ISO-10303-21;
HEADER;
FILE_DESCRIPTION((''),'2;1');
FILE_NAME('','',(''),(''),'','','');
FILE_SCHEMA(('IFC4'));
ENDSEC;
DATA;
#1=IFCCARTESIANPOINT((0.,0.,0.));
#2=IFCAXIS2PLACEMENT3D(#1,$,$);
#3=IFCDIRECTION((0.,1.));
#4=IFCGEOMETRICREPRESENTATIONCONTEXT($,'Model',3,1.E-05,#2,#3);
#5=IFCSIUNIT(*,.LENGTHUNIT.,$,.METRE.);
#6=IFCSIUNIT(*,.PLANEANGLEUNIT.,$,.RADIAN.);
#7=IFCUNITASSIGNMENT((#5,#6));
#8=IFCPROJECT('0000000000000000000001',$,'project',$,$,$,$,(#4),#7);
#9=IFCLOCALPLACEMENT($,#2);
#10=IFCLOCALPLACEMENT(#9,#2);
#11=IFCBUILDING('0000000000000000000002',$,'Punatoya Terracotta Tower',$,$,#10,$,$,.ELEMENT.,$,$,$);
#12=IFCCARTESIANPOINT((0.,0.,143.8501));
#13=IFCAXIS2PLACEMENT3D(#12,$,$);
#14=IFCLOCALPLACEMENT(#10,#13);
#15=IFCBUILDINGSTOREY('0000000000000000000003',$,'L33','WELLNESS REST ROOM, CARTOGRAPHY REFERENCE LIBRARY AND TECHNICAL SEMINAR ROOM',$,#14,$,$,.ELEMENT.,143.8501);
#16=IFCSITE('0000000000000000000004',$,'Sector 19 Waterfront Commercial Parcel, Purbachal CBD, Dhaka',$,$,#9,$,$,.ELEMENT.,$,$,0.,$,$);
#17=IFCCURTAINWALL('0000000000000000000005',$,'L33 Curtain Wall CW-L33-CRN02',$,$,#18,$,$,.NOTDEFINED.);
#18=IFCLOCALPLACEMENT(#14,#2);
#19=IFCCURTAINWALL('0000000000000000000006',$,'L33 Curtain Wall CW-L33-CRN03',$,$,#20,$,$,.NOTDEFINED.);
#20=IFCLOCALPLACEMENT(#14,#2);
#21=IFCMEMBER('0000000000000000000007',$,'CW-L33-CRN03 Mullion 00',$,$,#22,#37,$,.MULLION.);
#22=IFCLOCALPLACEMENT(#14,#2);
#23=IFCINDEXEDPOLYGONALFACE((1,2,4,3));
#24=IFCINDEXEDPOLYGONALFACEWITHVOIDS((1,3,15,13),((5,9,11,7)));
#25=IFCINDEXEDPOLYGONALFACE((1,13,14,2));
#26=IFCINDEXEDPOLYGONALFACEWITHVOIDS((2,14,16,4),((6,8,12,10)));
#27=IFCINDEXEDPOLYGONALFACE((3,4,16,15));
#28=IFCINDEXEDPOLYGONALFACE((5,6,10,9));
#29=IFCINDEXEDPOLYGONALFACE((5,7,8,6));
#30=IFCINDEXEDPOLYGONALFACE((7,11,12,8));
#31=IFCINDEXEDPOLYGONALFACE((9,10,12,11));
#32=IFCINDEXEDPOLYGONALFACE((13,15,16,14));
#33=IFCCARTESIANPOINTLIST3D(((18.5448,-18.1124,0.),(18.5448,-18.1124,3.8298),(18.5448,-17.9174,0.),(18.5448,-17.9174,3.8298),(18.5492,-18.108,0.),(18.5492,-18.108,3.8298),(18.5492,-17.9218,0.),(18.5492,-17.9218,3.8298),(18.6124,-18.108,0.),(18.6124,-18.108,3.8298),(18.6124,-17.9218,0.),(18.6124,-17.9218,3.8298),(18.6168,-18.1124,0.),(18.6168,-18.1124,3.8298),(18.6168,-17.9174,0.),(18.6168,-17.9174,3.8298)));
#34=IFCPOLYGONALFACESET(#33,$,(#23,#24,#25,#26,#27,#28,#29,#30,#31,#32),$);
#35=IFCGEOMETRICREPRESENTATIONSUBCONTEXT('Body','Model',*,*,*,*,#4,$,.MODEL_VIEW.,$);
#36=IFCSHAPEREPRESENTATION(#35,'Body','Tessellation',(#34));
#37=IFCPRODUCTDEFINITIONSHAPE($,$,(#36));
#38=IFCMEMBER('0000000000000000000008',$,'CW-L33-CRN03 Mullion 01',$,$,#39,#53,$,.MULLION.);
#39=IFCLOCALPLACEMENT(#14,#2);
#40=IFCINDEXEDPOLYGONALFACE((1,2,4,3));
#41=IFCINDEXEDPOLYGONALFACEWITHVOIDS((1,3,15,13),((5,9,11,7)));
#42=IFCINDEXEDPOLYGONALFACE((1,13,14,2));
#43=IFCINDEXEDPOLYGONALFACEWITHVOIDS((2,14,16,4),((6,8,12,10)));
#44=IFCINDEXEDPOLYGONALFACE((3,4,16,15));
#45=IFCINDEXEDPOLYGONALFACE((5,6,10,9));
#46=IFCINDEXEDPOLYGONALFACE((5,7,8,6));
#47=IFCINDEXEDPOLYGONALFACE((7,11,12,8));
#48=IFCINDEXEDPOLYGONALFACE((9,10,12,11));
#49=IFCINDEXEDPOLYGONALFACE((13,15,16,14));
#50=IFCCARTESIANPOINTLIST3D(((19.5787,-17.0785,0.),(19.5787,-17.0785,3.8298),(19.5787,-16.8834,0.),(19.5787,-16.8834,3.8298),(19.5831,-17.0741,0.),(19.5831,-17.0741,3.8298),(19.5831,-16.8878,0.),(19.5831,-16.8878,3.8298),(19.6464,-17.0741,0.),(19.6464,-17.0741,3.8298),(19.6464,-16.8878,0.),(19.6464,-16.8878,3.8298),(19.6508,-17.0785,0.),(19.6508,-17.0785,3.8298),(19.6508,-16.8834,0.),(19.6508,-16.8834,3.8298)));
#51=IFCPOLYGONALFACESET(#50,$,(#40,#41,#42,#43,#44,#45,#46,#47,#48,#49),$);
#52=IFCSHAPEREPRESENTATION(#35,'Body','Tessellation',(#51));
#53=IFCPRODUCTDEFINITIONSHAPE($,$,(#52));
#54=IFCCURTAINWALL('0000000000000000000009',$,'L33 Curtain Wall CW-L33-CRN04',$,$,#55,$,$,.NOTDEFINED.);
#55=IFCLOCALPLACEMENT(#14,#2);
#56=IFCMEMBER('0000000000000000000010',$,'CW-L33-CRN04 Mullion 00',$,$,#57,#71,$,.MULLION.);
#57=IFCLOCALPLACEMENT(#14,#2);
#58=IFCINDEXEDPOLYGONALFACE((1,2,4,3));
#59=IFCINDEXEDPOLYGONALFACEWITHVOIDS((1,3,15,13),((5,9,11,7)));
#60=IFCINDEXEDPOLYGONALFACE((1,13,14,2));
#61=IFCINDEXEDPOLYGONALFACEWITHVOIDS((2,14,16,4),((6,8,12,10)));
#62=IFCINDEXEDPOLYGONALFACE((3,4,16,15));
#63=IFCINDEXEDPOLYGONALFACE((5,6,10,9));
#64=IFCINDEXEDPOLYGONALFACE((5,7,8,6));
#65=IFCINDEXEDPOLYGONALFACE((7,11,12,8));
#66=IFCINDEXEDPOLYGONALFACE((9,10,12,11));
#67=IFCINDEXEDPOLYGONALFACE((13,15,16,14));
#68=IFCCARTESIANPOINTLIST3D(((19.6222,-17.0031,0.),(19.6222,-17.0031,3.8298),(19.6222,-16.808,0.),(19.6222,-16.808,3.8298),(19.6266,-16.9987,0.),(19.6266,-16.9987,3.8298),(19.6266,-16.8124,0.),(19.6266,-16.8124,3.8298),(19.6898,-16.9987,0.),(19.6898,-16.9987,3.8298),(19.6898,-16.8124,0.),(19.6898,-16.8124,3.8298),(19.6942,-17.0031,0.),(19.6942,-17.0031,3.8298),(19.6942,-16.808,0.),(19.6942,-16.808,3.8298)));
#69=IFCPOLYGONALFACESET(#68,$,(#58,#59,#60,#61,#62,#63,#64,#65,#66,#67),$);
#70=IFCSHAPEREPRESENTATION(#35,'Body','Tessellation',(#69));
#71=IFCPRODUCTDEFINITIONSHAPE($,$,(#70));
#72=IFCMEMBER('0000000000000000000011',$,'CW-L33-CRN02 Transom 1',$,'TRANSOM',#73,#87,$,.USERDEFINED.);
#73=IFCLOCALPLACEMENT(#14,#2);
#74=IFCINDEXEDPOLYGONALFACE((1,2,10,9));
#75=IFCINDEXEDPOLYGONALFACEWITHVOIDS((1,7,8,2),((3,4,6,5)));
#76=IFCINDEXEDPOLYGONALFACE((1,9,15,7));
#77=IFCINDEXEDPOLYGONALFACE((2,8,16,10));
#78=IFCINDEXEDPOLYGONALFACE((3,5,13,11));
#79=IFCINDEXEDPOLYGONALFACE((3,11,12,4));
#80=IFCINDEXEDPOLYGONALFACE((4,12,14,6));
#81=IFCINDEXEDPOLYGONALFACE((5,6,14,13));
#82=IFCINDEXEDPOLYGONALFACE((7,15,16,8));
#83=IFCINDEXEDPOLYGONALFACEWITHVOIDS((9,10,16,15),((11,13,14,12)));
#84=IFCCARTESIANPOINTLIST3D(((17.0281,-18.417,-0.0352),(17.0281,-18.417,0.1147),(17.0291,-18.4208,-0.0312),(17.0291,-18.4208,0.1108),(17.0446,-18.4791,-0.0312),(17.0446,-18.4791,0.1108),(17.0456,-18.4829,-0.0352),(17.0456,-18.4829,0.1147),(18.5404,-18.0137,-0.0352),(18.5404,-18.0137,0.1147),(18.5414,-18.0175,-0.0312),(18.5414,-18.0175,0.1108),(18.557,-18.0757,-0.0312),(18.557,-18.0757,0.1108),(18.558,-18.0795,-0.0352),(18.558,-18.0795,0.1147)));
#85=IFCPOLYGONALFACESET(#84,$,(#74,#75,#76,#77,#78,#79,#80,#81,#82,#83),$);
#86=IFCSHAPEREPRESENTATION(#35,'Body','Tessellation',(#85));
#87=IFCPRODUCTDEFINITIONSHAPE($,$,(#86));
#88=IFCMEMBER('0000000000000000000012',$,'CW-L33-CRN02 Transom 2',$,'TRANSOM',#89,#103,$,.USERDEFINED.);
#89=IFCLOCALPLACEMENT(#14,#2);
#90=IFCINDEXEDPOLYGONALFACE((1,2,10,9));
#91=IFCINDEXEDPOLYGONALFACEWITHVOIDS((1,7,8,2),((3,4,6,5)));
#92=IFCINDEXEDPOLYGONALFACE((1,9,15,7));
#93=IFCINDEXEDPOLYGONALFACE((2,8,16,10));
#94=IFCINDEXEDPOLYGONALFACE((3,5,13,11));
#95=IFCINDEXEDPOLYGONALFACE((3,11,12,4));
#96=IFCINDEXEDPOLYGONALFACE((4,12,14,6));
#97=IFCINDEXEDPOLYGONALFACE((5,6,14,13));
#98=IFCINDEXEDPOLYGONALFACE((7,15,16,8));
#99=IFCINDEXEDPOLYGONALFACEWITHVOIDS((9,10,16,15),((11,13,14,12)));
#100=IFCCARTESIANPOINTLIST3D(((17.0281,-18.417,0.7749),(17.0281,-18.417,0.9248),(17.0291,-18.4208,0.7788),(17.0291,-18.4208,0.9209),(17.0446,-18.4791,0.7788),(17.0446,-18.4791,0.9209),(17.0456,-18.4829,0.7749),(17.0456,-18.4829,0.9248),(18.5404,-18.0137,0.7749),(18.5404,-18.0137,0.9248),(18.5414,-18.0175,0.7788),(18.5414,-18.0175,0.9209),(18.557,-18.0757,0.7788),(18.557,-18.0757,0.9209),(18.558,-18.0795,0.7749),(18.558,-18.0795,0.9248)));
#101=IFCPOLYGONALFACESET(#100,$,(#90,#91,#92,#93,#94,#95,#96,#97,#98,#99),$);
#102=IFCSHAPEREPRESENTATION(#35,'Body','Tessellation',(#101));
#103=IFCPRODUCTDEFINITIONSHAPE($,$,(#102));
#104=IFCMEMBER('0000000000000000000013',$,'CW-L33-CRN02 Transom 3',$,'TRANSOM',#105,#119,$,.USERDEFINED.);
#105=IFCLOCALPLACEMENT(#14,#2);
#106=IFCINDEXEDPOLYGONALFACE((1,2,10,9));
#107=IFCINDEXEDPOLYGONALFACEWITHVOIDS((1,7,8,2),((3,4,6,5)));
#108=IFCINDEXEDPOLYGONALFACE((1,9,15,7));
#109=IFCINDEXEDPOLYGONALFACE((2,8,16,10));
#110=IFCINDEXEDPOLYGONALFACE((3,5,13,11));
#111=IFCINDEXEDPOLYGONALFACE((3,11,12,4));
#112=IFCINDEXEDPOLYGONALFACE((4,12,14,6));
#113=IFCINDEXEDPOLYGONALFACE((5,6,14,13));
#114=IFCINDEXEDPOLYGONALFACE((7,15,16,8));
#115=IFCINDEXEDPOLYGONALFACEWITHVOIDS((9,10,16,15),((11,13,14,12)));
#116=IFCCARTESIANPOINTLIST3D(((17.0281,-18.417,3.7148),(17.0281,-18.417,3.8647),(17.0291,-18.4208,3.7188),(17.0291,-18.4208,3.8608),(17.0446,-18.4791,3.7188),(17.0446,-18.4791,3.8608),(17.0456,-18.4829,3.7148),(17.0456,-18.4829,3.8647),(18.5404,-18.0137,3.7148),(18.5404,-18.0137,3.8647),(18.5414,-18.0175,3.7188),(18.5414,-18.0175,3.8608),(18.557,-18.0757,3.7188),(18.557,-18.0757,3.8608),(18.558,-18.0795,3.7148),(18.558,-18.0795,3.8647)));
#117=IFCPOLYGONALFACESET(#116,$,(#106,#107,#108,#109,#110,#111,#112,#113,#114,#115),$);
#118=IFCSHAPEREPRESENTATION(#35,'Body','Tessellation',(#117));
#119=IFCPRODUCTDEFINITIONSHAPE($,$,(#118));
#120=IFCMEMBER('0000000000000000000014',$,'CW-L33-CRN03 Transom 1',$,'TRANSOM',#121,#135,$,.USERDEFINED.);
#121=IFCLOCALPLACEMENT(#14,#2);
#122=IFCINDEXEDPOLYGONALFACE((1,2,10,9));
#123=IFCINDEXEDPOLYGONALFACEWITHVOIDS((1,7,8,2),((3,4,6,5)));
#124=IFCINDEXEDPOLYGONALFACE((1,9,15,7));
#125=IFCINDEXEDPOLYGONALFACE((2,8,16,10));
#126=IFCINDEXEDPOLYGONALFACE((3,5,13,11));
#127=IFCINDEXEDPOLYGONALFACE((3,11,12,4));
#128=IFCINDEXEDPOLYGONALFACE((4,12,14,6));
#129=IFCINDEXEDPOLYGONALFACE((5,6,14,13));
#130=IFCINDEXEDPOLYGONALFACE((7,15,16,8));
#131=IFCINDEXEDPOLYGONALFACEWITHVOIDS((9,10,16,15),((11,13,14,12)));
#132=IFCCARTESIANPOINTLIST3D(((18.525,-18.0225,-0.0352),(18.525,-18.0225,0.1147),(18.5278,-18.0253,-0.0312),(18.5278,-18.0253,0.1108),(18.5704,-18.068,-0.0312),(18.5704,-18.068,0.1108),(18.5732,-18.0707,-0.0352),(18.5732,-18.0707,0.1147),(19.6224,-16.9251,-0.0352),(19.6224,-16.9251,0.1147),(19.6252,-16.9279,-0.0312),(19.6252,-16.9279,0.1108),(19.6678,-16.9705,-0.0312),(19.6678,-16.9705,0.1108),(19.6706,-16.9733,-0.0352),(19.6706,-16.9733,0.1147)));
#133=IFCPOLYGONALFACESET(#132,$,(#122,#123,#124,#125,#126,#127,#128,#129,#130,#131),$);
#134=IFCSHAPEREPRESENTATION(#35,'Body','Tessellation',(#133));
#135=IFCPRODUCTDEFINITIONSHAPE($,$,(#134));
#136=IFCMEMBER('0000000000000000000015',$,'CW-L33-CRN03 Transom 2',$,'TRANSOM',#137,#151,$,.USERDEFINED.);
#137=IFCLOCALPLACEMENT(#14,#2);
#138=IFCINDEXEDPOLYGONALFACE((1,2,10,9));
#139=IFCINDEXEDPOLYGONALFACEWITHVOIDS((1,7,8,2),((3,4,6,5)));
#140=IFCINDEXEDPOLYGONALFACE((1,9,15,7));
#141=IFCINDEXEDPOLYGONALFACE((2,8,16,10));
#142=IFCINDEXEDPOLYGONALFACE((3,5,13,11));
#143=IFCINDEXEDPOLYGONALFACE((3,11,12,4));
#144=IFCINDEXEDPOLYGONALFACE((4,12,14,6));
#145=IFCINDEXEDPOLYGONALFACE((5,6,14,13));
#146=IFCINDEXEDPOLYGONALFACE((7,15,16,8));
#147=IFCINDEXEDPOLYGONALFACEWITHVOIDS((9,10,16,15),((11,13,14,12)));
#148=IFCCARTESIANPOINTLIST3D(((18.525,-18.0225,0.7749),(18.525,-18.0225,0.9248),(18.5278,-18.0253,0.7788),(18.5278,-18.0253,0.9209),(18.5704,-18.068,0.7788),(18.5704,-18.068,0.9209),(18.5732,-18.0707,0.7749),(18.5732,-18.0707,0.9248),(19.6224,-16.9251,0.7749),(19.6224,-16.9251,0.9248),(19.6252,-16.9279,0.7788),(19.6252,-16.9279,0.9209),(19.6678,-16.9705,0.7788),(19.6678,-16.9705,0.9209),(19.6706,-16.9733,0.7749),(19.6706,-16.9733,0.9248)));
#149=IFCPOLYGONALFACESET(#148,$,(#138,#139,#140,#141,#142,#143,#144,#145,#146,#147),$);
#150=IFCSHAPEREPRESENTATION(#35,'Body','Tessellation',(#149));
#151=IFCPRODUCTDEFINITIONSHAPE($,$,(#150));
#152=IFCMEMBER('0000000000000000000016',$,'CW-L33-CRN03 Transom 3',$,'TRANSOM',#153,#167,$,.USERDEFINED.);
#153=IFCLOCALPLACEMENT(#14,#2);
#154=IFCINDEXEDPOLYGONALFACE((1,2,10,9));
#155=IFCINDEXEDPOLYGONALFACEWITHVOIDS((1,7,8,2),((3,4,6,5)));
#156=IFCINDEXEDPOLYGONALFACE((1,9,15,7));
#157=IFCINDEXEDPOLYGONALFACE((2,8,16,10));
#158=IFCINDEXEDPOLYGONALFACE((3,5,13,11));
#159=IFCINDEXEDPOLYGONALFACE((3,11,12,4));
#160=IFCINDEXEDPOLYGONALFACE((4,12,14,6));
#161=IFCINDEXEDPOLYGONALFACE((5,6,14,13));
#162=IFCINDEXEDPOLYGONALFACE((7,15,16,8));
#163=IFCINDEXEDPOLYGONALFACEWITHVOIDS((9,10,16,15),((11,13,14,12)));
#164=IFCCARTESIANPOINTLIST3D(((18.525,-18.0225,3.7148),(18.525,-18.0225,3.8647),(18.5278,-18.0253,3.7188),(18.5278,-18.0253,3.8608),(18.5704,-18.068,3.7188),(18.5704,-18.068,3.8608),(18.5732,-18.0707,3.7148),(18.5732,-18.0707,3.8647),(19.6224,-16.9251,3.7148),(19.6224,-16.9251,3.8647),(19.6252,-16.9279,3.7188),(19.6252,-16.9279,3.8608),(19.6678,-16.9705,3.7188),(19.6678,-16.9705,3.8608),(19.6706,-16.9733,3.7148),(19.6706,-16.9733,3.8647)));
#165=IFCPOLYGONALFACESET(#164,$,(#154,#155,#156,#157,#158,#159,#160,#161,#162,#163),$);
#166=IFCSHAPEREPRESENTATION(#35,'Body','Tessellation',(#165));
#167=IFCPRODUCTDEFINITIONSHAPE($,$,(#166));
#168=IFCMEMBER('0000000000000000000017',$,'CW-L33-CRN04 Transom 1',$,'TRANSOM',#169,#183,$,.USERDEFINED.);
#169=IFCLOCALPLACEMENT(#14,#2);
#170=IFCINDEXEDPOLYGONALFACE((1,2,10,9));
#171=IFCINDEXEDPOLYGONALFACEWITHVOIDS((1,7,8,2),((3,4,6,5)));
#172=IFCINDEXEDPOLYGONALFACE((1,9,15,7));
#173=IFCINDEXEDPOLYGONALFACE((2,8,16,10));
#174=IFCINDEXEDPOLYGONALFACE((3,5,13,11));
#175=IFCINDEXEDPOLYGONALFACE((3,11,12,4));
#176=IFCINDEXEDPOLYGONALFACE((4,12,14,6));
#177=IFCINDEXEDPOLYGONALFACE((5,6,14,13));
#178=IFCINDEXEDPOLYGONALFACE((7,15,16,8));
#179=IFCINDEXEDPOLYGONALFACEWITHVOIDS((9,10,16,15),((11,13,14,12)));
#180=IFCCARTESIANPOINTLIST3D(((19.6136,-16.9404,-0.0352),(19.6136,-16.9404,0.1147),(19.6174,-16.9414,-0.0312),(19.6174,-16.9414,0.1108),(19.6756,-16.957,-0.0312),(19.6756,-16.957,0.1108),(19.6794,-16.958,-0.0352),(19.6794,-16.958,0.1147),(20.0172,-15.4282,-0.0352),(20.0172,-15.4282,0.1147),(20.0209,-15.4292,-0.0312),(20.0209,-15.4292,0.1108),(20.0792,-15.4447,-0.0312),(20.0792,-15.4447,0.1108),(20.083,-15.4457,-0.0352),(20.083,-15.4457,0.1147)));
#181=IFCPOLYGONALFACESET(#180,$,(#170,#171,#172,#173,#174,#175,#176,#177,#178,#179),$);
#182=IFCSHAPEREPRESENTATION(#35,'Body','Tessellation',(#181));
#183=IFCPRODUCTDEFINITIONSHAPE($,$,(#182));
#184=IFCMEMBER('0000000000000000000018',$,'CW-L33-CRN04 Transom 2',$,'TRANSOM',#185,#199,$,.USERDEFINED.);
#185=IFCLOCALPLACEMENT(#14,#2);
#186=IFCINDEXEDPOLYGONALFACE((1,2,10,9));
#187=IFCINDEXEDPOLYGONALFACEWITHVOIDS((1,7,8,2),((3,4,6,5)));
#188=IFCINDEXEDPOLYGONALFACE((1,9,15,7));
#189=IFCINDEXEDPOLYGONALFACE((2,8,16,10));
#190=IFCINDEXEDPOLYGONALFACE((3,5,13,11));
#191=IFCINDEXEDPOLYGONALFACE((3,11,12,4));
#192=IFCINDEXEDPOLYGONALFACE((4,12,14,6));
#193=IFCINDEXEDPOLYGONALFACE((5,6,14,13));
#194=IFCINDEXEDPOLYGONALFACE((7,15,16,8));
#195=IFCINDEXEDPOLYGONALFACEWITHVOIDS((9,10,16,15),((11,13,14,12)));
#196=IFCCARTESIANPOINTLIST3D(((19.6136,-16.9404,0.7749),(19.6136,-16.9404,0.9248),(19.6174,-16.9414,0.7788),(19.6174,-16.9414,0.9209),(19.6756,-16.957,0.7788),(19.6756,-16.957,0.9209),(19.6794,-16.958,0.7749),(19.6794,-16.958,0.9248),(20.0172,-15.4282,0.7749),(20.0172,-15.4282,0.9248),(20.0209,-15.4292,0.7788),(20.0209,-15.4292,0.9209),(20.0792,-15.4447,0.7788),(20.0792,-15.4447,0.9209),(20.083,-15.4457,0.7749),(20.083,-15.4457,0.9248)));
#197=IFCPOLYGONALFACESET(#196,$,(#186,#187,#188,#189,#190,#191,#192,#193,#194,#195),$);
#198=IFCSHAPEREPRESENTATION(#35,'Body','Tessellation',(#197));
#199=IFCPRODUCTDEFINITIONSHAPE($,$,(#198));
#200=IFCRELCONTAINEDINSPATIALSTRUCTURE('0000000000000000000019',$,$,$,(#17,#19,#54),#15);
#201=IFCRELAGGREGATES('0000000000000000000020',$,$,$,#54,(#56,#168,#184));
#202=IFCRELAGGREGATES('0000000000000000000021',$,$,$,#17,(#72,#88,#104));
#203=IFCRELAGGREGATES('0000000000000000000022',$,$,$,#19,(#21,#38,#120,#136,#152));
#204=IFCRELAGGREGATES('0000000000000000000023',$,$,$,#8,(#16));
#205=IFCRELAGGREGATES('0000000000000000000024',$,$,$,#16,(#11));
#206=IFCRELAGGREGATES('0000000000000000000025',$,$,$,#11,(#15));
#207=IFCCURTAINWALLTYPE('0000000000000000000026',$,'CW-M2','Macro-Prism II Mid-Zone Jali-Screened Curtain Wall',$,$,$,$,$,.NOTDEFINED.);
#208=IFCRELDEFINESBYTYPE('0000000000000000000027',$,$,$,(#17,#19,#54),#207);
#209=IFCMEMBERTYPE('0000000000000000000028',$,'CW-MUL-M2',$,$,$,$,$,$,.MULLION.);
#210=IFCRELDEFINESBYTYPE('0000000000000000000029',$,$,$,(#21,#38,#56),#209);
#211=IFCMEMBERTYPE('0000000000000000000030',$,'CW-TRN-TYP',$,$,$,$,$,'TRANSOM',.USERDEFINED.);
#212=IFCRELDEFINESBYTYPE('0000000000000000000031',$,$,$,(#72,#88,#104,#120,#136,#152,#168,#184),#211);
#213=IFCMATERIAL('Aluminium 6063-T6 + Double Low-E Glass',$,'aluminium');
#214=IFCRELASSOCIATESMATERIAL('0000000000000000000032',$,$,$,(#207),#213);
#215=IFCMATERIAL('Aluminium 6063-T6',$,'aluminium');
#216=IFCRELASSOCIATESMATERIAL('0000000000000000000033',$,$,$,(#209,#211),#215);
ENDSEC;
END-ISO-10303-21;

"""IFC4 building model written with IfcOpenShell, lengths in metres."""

from ifc_helpers import new_model, si_unit, direction, frame, origin, origin_2d, place, context, subcontext, project, spatial, hollow_rectangle, extrude, material, material_profile, profile_set, type_object, element, aggregate, save


model = new_model("IFC4")

# Units and contexts
model_context = context("Model", 3, precision=1e-05, world=origin(), true_north=direction((0.0, 1.0)))
body_context = subcontext(model_context, "Body", "Model", "MODEL_VIEW")
ifc_project = project(units=[si_unit("LENGTHUNIT", "METRE"), si_unit("PLANEANGLEUNIT", "RADIAN")], contexts=[model_context])

# Site, building, storey
site_placement = place(None, origin())
site = spatial("IfcSite", under=ifc_project, at=site_placement, Name="Sector 19 Waterfront Commercial Parcel, Purbachal CBD, Dhaka", CompositionType="ELEMENT", RefElevation=0.0)
building_placement = place(site_placement, origin())
building = spatial("IfcBuilding", under=site, at=building_placement, Name="Punatoya Terracotta Tower", CompositionType="ELEMENT")
storey_placement = place(building_placement, frame((0.0, 0.0, 143.8501)))
storey = spatial("IfcBuildingStorey", under=building, at=storey_placement, Name="L33", Description="WELLNESS REST ROOM, CARTOGRAPHY REFERENCE LIBRARY AND TECHNICAL SEMINAR ROOM", CompositionType="ELEMENT", Elevation=143.8501)

# Curtain walls, members
ifc_material_1 = material(Name="Aluminium 6063-T6 + Double Low-E Glass", Category="aluminium")
curtain_wall_type = type_object("IfcCurtainWallType", Name="CW-M2", Description="Macro-Prism II Mid-Zone Jali-Screened Curtain Wall", PredefinedType="NOTDEFINED", material=ifc_material_1)
ifc_material_2 = material(Name="Aluminium 6063-T6", Category="aluminium")
ifc_material_profile_1 = material_profile(ifc_material_2, hollow_rectangle(XDim=0.072, YDim=0.1951, WallThickness=0.0044, at=origin_2d()))
ifc_profile_set_1 = profile_set([ifc_material_profile_1], Name="Aluminium 6063-T6")
member_type_1 = type_object("IfcMemberType", Name="CW-MUL-M2", PredefinedType="MULLION", material=ifc_profile_set_1)
curtain_wall_1_placement = place(storey_placement, origin())
curtain_wall_1 = element("IfcCurtainWall", 1, at=curtain_wall_1_placement, inside=storey, type_object=curtain_wall_type, Name="L33 Curtain Wall CW-L33-CRN02", PredefinedType="NOTDEFINED")
curtain_wall_2_placement = place(storey_placement, origin())
curtain_wall_2 = element("IfcCurtainWall", 2, at=curtain_wall_2_placement, inside=storey, type_object=curtain_wall_type, Name="L33 Curtain Wall CW-L33-CRN03", PredefinedType="NOTDEFINED")
member_1_placement = place(storey_placement, frame((18.5808, -18.0149, 0.0), z_axis=(0.0, 0.0, 1.0), x_axis=(1.0, 0.0, 0.0)))
member_1 = element("IfcMember", 3, at=member_1_placement, type_object=member_type_1, Name="CW-L33-CRN03 Mullion 00", PredefinedType="MULLION", context=body_context, shape_type="SweptSolid", body=[
    extrude(hollow_rectangle(XDim=0.072, YDim=0.1951, WallThickness=0.0044, at=origin_2d()), origin(), (0.0, 0.0, 1.0), 3.8298),
])
member_2_placement = place(storey_placement, frame((19.6147, -16.981, 0.0), z_axis=(0.0, 0.0, 1.0), x_axis=(1.0, 0.0, 0.0)))
member_2 = element("IfcMember", 4, at=member_2_placement, type_object=member_type_1, Name="CW-L33-CRN03 Mullion 01", PredefinedType="MULLION", context=body_context, shape_type="SweptSolid", body=[
    extrude(hollow_rectangle(XDim=0.072, YDim=0.1951, WallThickness=0.0044, at=origin_2d()), origin(), (0.0, 0.0, 1.0), 3.8298),
])

# Curtain wall, member
curtain_wall_3_placement = place(storey_placement, origin())
curtain_wall_3 = element("IfcCurtainWall", 5, at=curtain_wall_3_placement, inside=storey, type_object=curtain_wall_type, Name="L33 Curtain Wall CW-L33-CRN04", PredefinedType="NOTDEFINED")
member_3_placement = place(storey_placement, frame((19.6582, -16.9055, 0.0), z_axis=(0.0, 0.0, 1.0), x_axis=(1.0, 0.0, 0.0)))
member_3 = element("IfcMember", 6, at=member_3_placement, type_object=member_type_1, Name="CW-L33-CRN04 Mullion 00", PredefinedType="MULLION", context=body_context, shape_type="SweptSolid", body=[
    extrude(hollow_rectangle(XDim=0.072, YDim=0.1951, WallThickness=0.0044, at=origin_2d()), origin(), (0.0, 0.0, 1.0), 3.8298),
])

# Members
ifc_material_profile_2 = material_profile(ifc_material_2, hollow_rectangle(XDim=0.0681, YDim=0.1499, WallThickness=0.0039, at=origin_2d()))
ifc_profile_set_2 = profile_set([ifc_material_profile_2], Name="Aluminium 6063-T6")
member_type_2 = type_object("IfcMemberType", Name="CW-TRN-TYP", ElementType="TRANSOM", PredefinedType="USERDEFINED", material=ifc_profile_set_2)
member_4_placement = place(storey_placement, frame((17.0369, -18.45, 0.0398), z_axis=(0.966225, 0.257701, 0.0), x_axis=(-0.257701, 0.966225, 0.0)))
member_4 = element("IfcMember", 7, at=member_4_placement, type_object=member_type_2, Name="CW-L33-CRN02 Transom 1", ObjectType="TRANSOM", PredefinedType="USERDEFINED", context=body_context, shape_type="SweptSolid", body=[
    extrude(hollow_rectangle(XDim=0.0681, YDim=0.1499, WallThickness=0.0039, at=origin_2d()), origin(), (0.0, 0.0, 1.0), 1.5652),
])
member_5_placement = place(storey_placement, frame((17.0369, -18.45, 0.8499), z_axis=(0.966225, 0.257701, 0.0), x_axis=(-0.257701, 0.966225, 0.0)))
member_5 = element("IfcMember", 8, at=member_5_placement, type_object=member_type_2, Name="CW-L33-CRN02 Transom 2", ObjectType="TRANSOM", PredefinedType="USERDEFINED", context=body_context, shape_type="SweptSolid", body=[
    extrude(hollow_rectangle(XDim=0.0681, YDim=0.1499, WallThickness=0.0039, at=origin_2d()), origin(), (0.0, 0.0, 1.0), 1.5652),
])
member_6_placement = place(storey_placement, frame((17.0369, -18.45, 3.7898), z_axis=(0.966225, 0.257701, 0.0), x_axis=(-0.257701, 0.966225, 0.0)))
member_6 = element("IfcMember", 9, at=member_6_placement, type_object=member_type_2, Name="CW-L33-CRN02 Transom 3", ObjectType="TRANSOM", PredefinedType="USERDEFINED", context=body_context, shape_type="SweptSolid", body=[
    extrude(hollow_rectangle(XDim=0.0681, YDim=0.1499, WallThickness=0.0039, at=origin_2d()), origin(), (0.0, 0.0, 1.0), 1.5652),
])
member_7_placement = place(storey_placement, frame((18.5491, -18.0466, 0.0398), z_axis=(0.707107, 0.707107, 0.0), x_axis=(-0.707107, 0.707107, 0.0)))
member_7 = element("IfcMember", 10, at=member_7_placement, type_object=member_type_2, Name="CW-L33-CRN03 Transom 1", ObjectType="TRANSOM", PredefinedType="USERDEFINED", context=body_context, shape_type="SweptSolid", body=[
    extrude(hollow_rectangle(XDim=0.0681, YDim=0.1499, WallThickness=0.0039, at=origin_2d()), origin(), (0.0, 0.0, 1.0), 1.552),
])
member_8_placement = place(storey_placement, frame((18.5491, -18.0466, 0.8499), z_axis=(0.707107, 0.707107, 0.0), x_axis=(-0.707107, 0.707107, 0.0)))
member_8 = element("IfcMember", 11, at=member_8_placement, type_object=member_type_2, Name="CW-L33-CRN03 Transom 2", ObjectType="TRANSOM", PredefinedType="USERDEFINED", context=body_context, shape_type="SweptSolid", body=[
    extrude(hollow_rectangle(XDim=0.0681, YDim=0.1499, WallThickness=0.0039, at=origin_2d()), origin(), (0.0, 0.0, 1.0), 1.552),
])
member_9_placement = place(storey_placement, frame((18.5491, -18.0466, 3.7898), z_axis=(0.707107, 0.707107, 0.0), x_axis=(-0.707107, 0.707107, 0.0)))
member_9 = element("IfcMember", 12, at=member_9_placement, type_object=member_type_2, Name="CW-L33-CRN03 Transom 3", ObjectType="TRANSOM", PredefinedType="USERDEFINED", context=body_context, shape_type="SweptSolid", body=[
    extrude(hollow_rectangle(XDim=0.0681, YDim=0.1499, WallThickness=0.0039, at=origin_2d()), origin(), (0.0, 0.0, 1.0), 1.552),
])
member_10_placement = place(storey_placement, frame((19.6465, -16.9492, 0.0398), z_axis=(0.257847, 0.966186, 0.0), x_axis=(-0.966186, 0.257847, 0.0)))
member_10 = element("IfcMember", 13, at=member_10_placement, type_object=member_type_2, Name="CW-L33-CRN04 Transom 1", ObjectType="TRANSOM", PredefinedType="USERDEFINED", context=body_context, shape_type="SweptSolid", body=[
    extrude(hollow_rectangle(XDim=0.0681, YDim=0.1499, WallThickness=0.0039, at=origin_2d()), origin(), (0.0, 0.0, 1.0), 1.5652),
])
member_11_placement = place(storey_placement, frame((19.6465, -16.9492, 0.8499), z_axis=(0.257847, 0.966186, 0.0), x_axis=(-0.966186, 0.257847, 0.0)))
member_11 = element("IfcMember", 14, at=member_11_placement, type_object=member_type_2, Name="CW-L33-CRN04 Transom 2", ObjectType="TRANSOM", PredefinedType="USERDEFINED", context=body_context, shape_type="SweptSolid", body=[
    extrude(hollow_rectangle(XDim=0.0681, YDim=0.1499, WallThickness=0.0039, at=origin_2d()), origin(), (0.0, 0.0, 1.0), 1.5652),
])
aggregate(curtain_wall_3, [member_3, member_10, member_11])

aggregate(curtain_wall_1, [member_4, member_5, member_6])
aggregate(curtain_wall_2, [member_1, member_2, member_7, member_8, member_9])

save(model, "model.ifc")
